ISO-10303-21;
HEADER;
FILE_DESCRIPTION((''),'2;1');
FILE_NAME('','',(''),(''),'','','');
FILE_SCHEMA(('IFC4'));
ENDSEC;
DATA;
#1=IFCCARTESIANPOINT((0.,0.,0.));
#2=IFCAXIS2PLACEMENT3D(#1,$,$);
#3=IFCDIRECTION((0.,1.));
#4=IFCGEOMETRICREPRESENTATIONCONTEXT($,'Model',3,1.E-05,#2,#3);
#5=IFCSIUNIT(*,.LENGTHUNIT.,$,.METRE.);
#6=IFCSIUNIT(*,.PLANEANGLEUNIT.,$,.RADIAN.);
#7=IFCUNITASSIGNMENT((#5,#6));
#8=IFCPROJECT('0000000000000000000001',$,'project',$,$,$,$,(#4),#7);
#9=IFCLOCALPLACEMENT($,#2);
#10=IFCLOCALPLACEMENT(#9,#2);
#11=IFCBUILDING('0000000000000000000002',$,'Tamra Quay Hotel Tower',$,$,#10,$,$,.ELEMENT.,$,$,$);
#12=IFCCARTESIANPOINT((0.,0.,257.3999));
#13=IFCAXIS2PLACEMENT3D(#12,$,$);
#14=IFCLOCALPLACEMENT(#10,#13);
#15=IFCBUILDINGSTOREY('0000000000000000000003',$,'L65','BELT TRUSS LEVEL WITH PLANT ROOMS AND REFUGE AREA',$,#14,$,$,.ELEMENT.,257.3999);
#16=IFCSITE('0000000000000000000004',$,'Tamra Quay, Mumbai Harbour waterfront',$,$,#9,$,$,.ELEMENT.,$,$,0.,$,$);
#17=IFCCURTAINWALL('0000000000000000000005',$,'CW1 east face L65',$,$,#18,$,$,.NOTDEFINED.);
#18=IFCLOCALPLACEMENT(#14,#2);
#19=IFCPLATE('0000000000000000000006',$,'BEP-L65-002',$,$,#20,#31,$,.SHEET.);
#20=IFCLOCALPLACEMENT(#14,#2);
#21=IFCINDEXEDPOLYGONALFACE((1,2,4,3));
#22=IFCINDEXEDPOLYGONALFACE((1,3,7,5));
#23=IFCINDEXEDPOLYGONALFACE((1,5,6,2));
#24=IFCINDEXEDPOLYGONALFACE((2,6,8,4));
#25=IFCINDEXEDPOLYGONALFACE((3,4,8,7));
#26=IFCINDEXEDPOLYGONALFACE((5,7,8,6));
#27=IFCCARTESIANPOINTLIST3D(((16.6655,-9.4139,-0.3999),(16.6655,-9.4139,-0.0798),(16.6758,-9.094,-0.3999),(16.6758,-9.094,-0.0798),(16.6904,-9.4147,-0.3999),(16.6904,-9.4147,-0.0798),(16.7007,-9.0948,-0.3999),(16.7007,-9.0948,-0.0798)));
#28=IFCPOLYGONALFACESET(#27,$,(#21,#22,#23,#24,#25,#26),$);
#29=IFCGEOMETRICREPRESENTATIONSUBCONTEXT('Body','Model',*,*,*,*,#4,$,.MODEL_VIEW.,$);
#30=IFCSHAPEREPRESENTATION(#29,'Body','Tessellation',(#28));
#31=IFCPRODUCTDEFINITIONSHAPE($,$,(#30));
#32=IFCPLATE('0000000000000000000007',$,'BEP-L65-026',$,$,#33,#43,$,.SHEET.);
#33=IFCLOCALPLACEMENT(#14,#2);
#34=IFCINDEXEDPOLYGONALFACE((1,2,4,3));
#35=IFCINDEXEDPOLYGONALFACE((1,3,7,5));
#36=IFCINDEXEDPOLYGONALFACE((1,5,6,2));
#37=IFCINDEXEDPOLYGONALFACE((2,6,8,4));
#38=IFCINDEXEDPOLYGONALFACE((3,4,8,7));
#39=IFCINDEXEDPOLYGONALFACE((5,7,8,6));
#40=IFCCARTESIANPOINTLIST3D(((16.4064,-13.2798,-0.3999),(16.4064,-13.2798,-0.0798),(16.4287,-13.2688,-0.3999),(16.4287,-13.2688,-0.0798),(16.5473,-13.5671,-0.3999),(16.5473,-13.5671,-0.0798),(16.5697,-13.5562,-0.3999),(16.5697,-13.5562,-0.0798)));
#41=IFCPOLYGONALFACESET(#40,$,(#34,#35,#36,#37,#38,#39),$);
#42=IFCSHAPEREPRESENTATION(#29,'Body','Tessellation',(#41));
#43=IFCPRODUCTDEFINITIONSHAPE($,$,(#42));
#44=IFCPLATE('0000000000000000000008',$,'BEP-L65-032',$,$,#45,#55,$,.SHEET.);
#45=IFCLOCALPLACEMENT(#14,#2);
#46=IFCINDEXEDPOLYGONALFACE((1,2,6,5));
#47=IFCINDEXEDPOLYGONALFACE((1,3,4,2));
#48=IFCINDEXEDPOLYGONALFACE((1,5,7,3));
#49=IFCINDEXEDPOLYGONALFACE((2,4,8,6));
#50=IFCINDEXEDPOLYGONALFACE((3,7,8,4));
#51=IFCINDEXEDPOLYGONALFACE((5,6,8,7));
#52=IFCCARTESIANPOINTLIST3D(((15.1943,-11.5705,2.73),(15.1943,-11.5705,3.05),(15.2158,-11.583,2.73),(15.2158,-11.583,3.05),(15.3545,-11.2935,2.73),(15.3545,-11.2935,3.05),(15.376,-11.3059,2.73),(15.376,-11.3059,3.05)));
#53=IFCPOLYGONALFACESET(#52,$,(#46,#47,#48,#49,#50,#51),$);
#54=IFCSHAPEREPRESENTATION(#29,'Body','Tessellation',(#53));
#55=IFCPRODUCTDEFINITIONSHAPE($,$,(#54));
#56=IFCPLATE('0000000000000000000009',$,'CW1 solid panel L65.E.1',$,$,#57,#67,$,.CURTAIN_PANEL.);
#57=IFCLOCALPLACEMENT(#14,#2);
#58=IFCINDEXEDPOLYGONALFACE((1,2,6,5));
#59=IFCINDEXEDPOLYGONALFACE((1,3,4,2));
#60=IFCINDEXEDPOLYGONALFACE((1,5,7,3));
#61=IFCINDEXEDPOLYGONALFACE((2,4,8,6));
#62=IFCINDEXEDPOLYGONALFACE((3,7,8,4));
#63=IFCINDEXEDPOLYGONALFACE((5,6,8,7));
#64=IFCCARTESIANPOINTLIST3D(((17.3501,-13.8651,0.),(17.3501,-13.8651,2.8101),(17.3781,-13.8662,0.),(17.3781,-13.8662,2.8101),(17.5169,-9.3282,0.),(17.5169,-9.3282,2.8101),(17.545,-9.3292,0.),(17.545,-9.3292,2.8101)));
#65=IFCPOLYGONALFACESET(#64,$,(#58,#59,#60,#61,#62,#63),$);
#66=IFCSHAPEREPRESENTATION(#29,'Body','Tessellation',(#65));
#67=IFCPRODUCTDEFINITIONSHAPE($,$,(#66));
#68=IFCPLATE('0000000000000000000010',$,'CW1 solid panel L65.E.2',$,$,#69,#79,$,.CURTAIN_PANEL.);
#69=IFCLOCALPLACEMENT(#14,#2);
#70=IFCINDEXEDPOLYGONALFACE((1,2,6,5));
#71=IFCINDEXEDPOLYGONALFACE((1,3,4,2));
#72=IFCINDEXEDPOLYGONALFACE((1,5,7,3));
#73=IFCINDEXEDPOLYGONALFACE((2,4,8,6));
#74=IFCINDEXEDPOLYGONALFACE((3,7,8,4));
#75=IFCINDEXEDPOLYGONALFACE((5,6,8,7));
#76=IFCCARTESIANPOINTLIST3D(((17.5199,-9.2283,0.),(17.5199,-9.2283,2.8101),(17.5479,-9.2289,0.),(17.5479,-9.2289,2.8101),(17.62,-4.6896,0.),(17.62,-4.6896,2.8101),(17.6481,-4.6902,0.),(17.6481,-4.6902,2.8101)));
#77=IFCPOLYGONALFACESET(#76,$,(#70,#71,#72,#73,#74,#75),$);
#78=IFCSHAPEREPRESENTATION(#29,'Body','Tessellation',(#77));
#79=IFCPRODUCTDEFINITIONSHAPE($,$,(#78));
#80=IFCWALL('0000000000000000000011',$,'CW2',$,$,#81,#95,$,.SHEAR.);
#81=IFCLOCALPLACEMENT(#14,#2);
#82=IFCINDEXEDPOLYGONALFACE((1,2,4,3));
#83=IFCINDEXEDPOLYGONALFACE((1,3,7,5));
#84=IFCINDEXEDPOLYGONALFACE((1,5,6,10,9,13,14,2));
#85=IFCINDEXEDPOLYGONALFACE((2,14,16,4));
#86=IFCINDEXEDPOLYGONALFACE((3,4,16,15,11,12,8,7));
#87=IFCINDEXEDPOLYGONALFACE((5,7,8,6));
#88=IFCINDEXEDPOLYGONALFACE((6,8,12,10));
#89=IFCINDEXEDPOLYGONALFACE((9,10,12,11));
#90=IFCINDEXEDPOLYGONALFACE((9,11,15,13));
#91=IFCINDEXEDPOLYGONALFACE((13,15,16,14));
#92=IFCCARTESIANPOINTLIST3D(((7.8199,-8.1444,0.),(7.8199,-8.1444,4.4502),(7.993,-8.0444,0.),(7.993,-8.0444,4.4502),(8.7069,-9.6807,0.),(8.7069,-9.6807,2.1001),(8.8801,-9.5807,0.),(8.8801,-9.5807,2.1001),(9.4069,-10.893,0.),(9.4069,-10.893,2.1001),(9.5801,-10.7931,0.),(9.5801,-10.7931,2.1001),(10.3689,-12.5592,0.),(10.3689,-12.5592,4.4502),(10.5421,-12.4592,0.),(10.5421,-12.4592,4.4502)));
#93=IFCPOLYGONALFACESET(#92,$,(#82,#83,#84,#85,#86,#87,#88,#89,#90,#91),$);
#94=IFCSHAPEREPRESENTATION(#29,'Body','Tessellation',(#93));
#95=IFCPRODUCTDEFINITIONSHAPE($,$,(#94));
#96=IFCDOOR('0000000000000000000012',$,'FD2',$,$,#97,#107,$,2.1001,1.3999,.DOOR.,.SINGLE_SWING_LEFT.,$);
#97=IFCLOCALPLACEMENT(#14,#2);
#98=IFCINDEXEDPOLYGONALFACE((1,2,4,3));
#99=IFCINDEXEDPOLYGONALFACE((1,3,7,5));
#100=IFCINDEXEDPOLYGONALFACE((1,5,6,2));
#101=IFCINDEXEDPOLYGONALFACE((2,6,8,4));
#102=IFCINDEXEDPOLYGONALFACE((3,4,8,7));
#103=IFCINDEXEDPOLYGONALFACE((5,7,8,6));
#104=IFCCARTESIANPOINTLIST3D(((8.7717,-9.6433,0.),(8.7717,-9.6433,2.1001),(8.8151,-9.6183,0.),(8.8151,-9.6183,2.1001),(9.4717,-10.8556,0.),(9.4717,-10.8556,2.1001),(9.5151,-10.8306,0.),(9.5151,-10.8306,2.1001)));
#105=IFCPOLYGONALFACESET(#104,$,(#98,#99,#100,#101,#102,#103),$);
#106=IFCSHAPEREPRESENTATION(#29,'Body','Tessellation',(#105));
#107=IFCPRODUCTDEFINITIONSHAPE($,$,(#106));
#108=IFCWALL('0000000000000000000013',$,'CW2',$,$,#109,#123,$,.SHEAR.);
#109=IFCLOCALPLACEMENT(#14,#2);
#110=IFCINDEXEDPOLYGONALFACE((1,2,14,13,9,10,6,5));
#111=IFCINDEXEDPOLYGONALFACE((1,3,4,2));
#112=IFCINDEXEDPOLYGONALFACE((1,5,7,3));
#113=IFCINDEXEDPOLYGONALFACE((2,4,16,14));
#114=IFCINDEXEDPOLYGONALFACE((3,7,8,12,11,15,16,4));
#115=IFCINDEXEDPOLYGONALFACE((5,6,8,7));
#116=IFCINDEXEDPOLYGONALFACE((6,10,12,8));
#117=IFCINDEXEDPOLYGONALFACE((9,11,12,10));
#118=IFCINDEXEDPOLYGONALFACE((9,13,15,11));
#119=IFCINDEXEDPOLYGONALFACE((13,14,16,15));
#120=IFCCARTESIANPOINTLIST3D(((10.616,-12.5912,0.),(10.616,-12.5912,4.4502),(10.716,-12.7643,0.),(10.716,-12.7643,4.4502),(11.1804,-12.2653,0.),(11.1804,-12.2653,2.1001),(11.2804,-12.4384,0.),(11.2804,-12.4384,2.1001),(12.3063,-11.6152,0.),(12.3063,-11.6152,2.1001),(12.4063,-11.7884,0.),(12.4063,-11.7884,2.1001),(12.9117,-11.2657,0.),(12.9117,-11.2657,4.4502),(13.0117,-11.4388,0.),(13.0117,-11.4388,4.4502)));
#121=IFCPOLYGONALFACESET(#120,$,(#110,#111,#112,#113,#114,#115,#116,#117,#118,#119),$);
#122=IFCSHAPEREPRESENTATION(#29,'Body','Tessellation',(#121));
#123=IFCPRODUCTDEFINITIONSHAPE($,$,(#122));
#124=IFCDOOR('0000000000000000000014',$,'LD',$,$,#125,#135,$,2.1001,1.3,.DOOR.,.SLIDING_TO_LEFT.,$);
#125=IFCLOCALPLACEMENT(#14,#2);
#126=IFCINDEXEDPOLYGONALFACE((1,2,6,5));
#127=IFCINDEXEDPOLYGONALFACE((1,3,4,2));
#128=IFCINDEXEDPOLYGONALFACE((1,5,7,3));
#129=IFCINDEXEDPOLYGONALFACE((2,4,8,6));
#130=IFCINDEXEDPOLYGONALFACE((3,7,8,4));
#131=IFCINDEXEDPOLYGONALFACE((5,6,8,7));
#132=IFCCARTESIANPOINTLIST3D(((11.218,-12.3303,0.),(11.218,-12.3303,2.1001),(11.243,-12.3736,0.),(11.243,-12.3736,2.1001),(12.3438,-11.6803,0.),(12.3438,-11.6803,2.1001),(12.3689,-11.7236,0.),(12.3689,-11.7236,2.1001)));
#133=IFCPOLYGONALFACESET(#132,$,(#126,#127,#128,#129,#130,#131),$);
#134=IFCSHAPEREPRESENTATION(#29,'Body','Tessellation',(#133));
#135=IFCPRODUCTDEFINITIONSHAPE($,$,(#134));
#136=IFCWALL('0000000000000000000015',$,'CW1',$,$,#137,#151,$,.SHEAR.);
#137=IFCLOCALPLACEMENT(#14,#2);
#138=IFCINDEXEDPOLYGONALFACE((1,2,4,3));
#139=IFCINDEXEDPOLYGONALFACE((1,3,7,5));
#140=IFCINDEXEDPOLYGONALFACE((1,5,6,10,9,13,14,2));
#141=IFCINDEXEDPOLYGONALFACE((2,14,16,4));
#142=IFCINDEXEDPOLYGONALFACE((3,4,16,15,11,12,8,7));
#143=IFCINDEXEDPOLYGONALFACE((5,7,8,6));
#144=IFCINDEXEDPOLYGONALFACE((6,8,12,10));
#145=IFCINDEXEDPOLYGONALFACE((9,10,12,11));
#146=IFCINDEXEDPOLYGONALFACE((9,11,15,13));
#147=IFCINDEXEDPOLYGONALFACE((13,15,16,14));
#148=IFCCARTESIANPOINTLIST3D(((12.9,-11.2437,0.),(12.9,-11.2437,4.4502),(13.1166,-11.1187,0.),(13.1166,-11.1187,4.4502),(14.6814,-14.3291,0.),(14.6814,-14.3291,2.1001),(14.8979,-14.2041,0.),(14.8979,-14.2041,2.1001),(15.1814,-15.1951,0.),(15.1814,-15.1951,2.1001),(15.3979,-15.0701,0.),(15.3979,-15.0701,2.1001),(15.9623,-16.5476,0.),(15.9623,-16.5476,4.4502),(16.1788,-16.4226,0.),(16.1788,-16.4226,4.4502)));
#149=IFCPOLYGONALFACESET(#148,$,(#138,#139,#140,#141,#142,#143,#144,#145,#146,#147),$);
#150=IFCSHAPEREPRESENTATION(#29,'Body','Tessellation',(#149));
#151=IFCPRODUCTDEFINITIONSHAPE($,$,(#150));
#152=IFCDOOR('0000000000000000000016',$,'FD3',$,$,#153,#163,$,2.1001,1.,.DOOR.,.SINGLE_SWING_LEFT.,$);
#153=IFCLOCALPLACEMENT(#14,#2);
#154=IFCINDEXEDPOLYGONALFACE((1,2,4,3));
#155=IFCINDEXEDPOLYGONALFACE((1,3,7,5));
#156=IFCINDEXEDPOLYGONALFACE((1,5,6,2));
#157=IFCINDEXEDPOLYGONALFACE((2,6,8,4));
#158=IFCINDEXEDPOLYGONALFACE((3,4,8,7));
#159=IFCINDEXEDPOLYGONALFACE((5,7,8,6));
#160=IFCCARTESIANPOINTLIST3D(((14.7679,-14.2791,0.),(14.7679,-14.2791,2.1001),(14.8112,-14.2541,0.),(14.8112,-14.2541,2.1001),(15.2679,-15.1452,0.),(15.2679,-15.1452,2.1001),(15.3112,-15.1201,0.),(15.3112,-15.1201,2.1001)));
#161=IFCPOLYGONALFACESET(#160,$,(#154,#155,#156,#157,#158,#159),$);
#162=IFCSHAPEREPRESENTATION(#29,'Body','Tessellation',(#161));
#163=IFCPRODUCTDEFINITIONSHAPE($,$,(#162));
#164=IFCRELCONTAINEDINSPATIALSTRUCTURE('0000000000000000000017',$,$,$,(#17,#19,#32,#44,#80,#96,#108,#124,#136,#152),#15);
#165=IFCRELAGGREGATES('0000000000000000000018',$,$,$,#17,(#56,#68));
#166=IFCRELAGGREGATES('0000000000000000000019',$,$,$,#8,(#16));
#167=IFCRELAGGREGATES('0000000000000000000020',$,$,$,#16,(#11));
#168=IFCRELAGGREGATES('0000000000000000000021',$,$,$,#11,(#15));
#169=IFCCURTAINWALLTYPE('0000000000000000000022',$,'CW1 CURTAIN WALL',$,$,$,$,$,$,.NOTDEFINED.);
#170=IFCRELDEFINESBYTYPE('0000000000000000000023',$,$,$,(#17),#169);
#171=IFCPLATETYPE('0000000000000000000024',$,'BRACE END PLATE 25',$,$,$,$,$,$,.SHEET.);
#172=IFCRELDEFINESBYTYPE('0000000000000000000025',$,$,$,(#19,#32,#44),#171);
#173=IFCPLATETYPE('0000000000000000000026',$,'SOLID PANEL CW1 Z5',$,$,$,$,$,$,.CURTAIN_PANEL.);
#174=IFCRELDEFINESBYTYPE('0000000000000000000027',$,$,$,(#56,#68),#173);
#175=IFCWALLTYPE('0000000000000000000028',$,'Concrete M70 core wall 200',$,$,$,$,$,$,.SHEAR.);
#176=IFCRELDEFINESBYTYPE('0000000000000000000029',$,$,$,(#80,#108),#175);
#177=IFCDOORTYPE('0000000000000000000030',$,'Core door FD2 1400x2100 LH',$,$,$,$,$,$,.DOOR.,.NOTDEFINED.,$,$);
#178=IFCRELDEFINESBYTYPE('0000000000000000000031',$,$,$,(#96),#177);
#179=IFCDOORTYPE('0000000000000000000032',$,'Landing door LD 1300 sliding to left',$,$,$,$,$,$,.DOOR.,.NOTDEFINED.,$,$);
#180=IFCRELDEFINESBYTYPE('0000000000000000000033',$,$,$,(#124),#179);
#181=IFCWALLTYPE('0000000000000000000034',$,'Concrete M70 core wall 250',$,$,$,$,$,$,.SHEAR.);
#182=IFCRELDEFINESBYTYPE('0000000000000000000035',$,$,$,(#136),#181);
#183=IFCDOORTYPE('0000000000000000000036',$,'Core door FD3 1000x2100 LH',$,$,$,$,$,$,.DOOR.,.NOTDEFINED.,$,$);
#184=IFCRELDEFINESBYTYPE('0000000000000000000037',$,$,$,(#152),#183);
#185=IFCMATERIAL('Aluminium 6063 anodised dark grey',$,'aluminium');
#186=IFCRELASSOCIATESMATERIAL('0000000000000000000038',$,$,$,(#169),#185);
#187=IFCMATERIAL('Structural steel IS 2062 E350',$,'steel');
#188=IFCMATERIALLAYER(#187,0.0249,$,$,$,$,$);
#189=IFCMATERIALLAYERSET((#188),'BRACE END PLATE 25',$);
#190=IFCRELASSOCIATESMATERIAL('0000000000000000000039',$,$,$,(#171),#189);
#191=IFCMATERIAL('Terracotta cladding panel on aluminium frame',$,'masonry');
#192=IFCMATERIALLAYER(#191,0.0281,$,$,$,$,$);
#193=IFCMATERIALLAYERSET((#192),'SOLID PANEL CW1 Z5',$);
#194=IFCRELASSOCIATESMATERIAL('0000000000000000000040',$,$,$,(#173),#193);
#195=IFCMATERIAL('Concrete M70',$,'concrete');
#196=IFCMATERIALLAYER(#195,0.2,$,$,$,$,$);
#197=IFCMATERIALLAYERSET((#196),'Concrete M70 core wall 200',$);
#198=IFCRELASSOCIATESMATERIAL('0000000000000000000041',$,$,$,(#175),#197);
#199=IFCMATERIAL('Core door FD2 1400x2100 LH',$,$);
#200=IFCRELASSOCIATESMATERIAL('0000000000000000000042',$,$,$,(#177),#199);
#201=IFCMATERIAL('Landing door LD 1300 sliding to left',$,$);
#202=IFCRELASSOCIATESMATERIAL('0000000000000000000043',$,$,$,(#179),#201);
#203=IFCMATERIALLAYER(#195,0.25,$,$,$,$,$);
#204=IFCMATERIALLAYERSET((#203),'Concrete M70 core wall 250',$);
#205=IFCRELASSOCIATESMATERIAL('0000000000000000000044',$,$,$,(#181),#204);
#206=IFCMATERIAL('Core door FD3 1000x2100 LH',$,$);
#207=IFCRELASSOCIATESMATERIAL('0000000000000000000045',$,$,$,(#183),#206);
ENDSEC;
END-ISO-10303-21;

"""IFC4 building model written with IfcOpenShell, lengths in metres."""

from ifc_helpers import new_model, si_unit, direction, frame, frame_2d, origin, origin_2d, place, context, subcontext, project, spatial, rectangle, extrude, material, layer, layer_set, type_object, element, fill, aggregate, save


model = new_model("IFC4")

# Units and contexts
model_context = context("Model", 3, precision=1e-05, world=origin(), true_north=direction((0.0, 1.0)))
body_context = subcontext(model_context, "Body", "Model", "MODEL_VIEW")
ifc_project = project(units=[si_unit("LENGTHUNIT", "METRE"), si_unit("PLANEANGLEUNIT", "RADIAN")], contexts=[model_context])

# Site, building, storey
site_placement = place(None, origin())
site = spatial("IfcSite", under=ifc_project, at=site_placement, Name="Tamra Quay, Mumbai Harbour waterfront", CompositionType="ELEMENT", RefElevation=0.0)
building_placement = place(site_placement, origin())
building = spatial("IfcBuilding", under=site, at=building_placement, Name="Tamra Quay Hotel Tower", CompositionType="ELEMENT")
storey_placement = place(building_placement, frame((0.0, 0.0, 257.3999)))
storey = spatial("IfcBuildingStorey", under=building, at=storey_placement, Name="L65", Description="BELT TRUSS LEVEL WITH PLANT ROOMS AND REFUGE AREA", CompositionType="ELEMENT", Elevation=257.3999)

# Shared definitions
ifc_material_1 = material(Name="Structural steel IS 2062 E350", Category="steel")

# Curtain wall
ifc_material_2 = material(Name="Aluminium 6063 anodised dark grey", Category="aluminium")
curtain_wall_type = type_object("IfcCurtainWallType", Name="CW1 CURTAIN WALL", PredefinedType="NOTDEFINED", material=ifc_material_2)
curtain_wall_placement = place(storey_placement, origin())
curtain_wall = element("IfcCurtainWall", 1, at=curtain_wall_placement, inside=storey, type_object=curtain_wall_type, Name="CW1 east face L65", PredefinedType="NOTDEFINED")

# Plates
ifc_layer_1 = layer(ifc_material_1, 0.0249)
ifc_layer_set_1 = layer_set([ifc_layer_1], Name="BRACE END PLATE 25")
plate_type_1 = type_object("IfcPlateType", Name="BRACE END PLATE 25", PredefinedType="SHEET", material=ifc_layer_set_1)
for number, where, z_axis, x_axis, name in (
    (2, (16.6831, -9.2544, -0.3999), (0.0, 0.0, 1.0), (-0.999489, 0.031957, 0.0), "BEP-L65-002"),
    (3, (16.488, -13.418, -0.3999), (0.0, 0.0, 1.0), (0.897802, 0.440398, 0.0), "BEP-L65-026"),
    (4, (15.2852, -11.4382, 2.73), (0.0, 0.0, 1.0), (-0.865691, 0.500579, 0.0), "BEP-L65-032"),
):
    element("IfcPlate", number, at=place(storey_placement, frame(where, z_axis=z_axis, x_axis=x_axis)), inside=storey, type_object=plate_type_1, Name=name, PredefinedType="SHEET", context=body_context, shape_type="SweptSolid", body=[
        extrude(rectangle(XDim=0.0249, YDim=0.3201, at=origin_2d()), origin(), (0.0, 0.0, 1.0), 0.3201),
    ])

# Plates
ifc_material_3 = material(Name="Terracotta cladding panel on aluminium frame", Category="masonry")
ifc_layer_2 = layer(ifc_material_3, 0.0281)
ifc_layer_set_2 = layer_set([ifc_layer_2], Name="SOLID PANEL CW1 Z5")
plate_type_2 = type_object("IfcPlateType", Name="SOLID PANEL CW1 Z5", PredefinedType="CURTAIN_PANEL", material=ifc_layer_set_2)
plate_1_placement = place(storey_placement, frame((17.4475, -11.5972, 0.0), z_axis=(0.0, 0.0, 1.0), x_axis=(0.036745, 0.999325, 0.0)))
plate_1 = element("IfcPlate", 5, at=plate_1_placement, type_object=plate_type_2, Name="CW1 solid panel L65.E.1", PredefinedType="CURTAIN_PANEL", context=body_context, shape_type="SweptSolid", body=[
    extrude(rectangle(XDim=4.54, YDim=0.0281, at=origin_2d()), origin(), (0.0, 0.0, 1.0), 2.8101),
])
plate_2_placement = place(storey_placement, frame((17.584, -6.9592, 0.0), z_axis=(0.0, 0.0, 1.0), x_axis=(0.022063, 0.999757, 0.0)))
plate_2 = element("IfcPlate", 6, at=plate_2_placement, type_object=plate_type_2, Name="CW1 solid panel L65.E.2", PredefinedType="CURTAIN_PANEL", context=body_context, shape_type="SweptSolid", body=[
    extrude(rectangle(XDim=4.5398, YDim=0.0281, at=origin_2d()), origin(), (0.0, 0.0, 1.0), 2.8101),
])
aggregate(curtain_wall, [plate_1, plate_2])

# Walls, openings, doors
ifc_material_4 = material(Name="Concrete M70", Category="concrete")
ifc_layer_3 = layer(ifc_material_4, 0.2)
ifc_layer_set_3 = layer_set([ifc_layer_3], Name="Concrete M70 core wall 200")
wall_type_1 = type_object("IfcWallType", Name="Concrete M70 core wall 200", PredefinedType="SHEAR", material=ifc_layer_set_3)
wall_1_placement = place(storey_placement, frame((7.9065, -8.0945, 0.0), z_axis=(0.0, 0.0, 1.0), x_axis=(0.500028, -0.866009, 0.0)))
wall_1 = element("IfcWall", 7, at=wall_1_placement, inside=storey, type_object=wall_type_1, Name="CW2", PredefinedType="SHEAR", context=body_context, shape_type="SweptSolid", body=[
    extrude(rectangle(XDim=5.0979, YDim=0.2, at=frame_2d((2.5488, 0.0))), origin(), (0.0, 0.0, 1.0), 4.4502),
])
opening_1_placement = place(wall_1_placement, frame((1.7739, 0.0, 0.0)))
opening_1 = element("IfcOpeningElement", 8, at=opening_1_placement, cuts=wall_1, PredefinedType="OPENING", context=body_context, shape_type="SweptSolid", body=[
    extrude(rectangle(XDim=1.3999, YDim=2.1001, at=frame_2d((0.7, 1.05))), frame((0.0, 0.1099, 0.0), z_axis=(0.0, -1.0, 0.0), x_axis=(1.0, 0.0, 0.0)), (0.0, 0.0, 1.0), 0.22),
])
ifc_material_5 = material(Name="Core door FD2 1400x2100 LH")
door_type_1 = type_object("IfcDoorType", Name="Core door FD2 1400x2100 LH", OperationType="NOTDEFINED", PredefinedType="DOOR", material=ifc_material_5)
door_1_placement = place(opening_1_placement, origin())
door_1 = element("IfcDoor", 9, at=door_1_placement, inside=storey, type_object=door_type_1, Name="FD2", OperationType="SINGLE_SWING_LEFT", OverallHeight=2.1001, OverallWidth=1.3999, PredefinedType="DOOR", context=body_context, shape_type="SweptSolid", body=[
    extrude(rectangle(XDim=1.3999, YDim=2.1001, at=frame_2d((0.7, 1.05))), frame((0.0, 0.0249, 0.0), z_axis=(0.0, -1.0, 0.0), x_axis=(1.0, 0.0, 0.0)), (0.0, 0.0, 1.0), 0.05),
])
fill(opening_1, door_1)
wall_2_placement = place(storey_placement, frame((10.666, -12.6777, 0.0), z_axis=(0.0, 0.0, 1.0), x_axis=(0.866018, 0.500012, 0.0)))
wall_2 = element("IfcWall", 10, at=wall_2_placement, inside=storey, type_object=wall_type_1, Name="CW2", PredefinedType="SHEAR", context=body_context, shape_type="SweptSolid", body=[
    extrude(rectangle(XDim=2.6509, YDim=0.2, at=frame_2d((1.3254, 0.0))), origin(), (0.0, 0.0, 1.0), 4.4502),
])
opening_2_placement = place(wall_2_placement, frame((0.6519, 0.0, 0.0)))
opening_2 = element("IfcOpeningElement", 11, at=opening_2_placement, cuts=wall_2, PredefinedType="OPENING", context=body_context, shape_type="SweptSolid", body=[
    extrude(rectangle(XDim=1.3, YDim=2.1001, at=frame_2d((0.6499, 1.05))), frame((0.0, 0.1099, 0.0), z_axis=(0.0, -1.0, 0.0), x_axis=(1.0, 0.0, 0.0)), (0.0, 0.0, 1.0), 0.22),
])
ifc_material_6 = material(Name="Landing door LD 1300 sliding to left")
door_type_2 = type_object("IfcDoorType", Name="Landing door LD 1300 sliding to left", OperationType="NOTDEFINED", PredefinedType="DOOR", material=ifc_material_6)
door_2_placement = place(opening_2_placement, origin())
door_2 = element("IfcDoor", 12, at=door_2_placement, inside=storey, type_object=door_type_2, Name="LD", OperationType="SLIDING_TO_LEFT", OverallHeight=2.1001, OverallWidth=1.3, PredefinedType="DOOR", context=body_context, shape_type="SweptSolid", body=[
    extrude(rectangle(XDim=1.3, YDim=2.1001, at=frame_2d((0.6499, 1.05))), frame((0.0, 0.0249, 0.0), z_axis=(0.0, -1.0, 0.0), x_axis=(1.0, 0.0, 0.0)), (0.0, 0.0, 1.0), 0.05),
])
fill(opening_2, door_2)
ifc_layer_4 = layer(ifc_material_4, 0.25)
ifc_layer_set_4 = layer_set([ifc_layer_4], Name="Concrete M70 core wall 250")
wall_type_2 = type_object("IfcWallType", Name="Concrete M70 core wall 250", PredefinedType="SHEAR", material=ifc_layer_set_4)
wall_3_placement = place(storey_placement, frame((13.0083, -11.1812, 0.0), z_axis=(0.0, 0.0, 1.0), x_axis=(0.500002, -0.866024, 0.0)))
wall_3 = element("IfcWall", 13, at=wall_3_placement, inside=storey, type_object=wall_type_2, Name="CW1", PredefinedType="SHEAR", context=body_context, shape_type="SweptSolid", body=[
    extrude(rectangle(XDim=6.1245, YDim=0.25, at=frame_2d((3.0623, 0.0))), origin(), (0.0, 0.0, 1.0), 4.4502),
])
opening_3_placement = place(wall_3_placement, frame((3.5627, 0.0, 0.0)))
opening_3 = element("IfcOpeningElement", 14, at=opening_3_placement, cuts=wall_3, PredefinedType="OPENING", context=body_context, shape_type="SweptSolid", body=[
    extrude(rectangle(XDim=1.0, YDim=2.1001, at=frame_2d((0.5, 1.05))), frame((0.0, 0.135, 0.0), z_axis=(0.0, -1.0, 0.0), x_axis=(1.0, 0.0, 0.0)), (0.0, 0.0, 1.0), 0.27),
])
ifc_material_7 = material(Name="Core door FD3 1000x2100 LH")
door_type_3 = type_object("IfcDoorType", Name="Core door FD3 1000x2100 LH", OperationType="NOTDEFINED", PredefinedType="DOOR", material=ifc_material_7)
door_3_placement = place(opening_3_placement, origin())
door_3 = element("IfcDoor", 15, at=door_3_placement, inside=storey, type_object=door_type_3, Name="FD3", OperationType="SINGLE_SWING_LEFT", OverallHeight=2.1001, OverallWidth=1.0, PredefinedType="DOOR", context=body_context, shape_type="SweptSolid", body=[
    extrude(rectangle(XDim=1.0, YDim=2.1001, at=frame_2d((0.5, 1.05))), frame((0.0, 0.0249, 0.0), z_axis=(0.0, -1.0, 0.0), x_axis=(1.0, 0.0, 0.0)), (0.0, 0.0, 1.0), 0.05),
])
fill(opening_3, door_3)

save(model, "model.ifc")
